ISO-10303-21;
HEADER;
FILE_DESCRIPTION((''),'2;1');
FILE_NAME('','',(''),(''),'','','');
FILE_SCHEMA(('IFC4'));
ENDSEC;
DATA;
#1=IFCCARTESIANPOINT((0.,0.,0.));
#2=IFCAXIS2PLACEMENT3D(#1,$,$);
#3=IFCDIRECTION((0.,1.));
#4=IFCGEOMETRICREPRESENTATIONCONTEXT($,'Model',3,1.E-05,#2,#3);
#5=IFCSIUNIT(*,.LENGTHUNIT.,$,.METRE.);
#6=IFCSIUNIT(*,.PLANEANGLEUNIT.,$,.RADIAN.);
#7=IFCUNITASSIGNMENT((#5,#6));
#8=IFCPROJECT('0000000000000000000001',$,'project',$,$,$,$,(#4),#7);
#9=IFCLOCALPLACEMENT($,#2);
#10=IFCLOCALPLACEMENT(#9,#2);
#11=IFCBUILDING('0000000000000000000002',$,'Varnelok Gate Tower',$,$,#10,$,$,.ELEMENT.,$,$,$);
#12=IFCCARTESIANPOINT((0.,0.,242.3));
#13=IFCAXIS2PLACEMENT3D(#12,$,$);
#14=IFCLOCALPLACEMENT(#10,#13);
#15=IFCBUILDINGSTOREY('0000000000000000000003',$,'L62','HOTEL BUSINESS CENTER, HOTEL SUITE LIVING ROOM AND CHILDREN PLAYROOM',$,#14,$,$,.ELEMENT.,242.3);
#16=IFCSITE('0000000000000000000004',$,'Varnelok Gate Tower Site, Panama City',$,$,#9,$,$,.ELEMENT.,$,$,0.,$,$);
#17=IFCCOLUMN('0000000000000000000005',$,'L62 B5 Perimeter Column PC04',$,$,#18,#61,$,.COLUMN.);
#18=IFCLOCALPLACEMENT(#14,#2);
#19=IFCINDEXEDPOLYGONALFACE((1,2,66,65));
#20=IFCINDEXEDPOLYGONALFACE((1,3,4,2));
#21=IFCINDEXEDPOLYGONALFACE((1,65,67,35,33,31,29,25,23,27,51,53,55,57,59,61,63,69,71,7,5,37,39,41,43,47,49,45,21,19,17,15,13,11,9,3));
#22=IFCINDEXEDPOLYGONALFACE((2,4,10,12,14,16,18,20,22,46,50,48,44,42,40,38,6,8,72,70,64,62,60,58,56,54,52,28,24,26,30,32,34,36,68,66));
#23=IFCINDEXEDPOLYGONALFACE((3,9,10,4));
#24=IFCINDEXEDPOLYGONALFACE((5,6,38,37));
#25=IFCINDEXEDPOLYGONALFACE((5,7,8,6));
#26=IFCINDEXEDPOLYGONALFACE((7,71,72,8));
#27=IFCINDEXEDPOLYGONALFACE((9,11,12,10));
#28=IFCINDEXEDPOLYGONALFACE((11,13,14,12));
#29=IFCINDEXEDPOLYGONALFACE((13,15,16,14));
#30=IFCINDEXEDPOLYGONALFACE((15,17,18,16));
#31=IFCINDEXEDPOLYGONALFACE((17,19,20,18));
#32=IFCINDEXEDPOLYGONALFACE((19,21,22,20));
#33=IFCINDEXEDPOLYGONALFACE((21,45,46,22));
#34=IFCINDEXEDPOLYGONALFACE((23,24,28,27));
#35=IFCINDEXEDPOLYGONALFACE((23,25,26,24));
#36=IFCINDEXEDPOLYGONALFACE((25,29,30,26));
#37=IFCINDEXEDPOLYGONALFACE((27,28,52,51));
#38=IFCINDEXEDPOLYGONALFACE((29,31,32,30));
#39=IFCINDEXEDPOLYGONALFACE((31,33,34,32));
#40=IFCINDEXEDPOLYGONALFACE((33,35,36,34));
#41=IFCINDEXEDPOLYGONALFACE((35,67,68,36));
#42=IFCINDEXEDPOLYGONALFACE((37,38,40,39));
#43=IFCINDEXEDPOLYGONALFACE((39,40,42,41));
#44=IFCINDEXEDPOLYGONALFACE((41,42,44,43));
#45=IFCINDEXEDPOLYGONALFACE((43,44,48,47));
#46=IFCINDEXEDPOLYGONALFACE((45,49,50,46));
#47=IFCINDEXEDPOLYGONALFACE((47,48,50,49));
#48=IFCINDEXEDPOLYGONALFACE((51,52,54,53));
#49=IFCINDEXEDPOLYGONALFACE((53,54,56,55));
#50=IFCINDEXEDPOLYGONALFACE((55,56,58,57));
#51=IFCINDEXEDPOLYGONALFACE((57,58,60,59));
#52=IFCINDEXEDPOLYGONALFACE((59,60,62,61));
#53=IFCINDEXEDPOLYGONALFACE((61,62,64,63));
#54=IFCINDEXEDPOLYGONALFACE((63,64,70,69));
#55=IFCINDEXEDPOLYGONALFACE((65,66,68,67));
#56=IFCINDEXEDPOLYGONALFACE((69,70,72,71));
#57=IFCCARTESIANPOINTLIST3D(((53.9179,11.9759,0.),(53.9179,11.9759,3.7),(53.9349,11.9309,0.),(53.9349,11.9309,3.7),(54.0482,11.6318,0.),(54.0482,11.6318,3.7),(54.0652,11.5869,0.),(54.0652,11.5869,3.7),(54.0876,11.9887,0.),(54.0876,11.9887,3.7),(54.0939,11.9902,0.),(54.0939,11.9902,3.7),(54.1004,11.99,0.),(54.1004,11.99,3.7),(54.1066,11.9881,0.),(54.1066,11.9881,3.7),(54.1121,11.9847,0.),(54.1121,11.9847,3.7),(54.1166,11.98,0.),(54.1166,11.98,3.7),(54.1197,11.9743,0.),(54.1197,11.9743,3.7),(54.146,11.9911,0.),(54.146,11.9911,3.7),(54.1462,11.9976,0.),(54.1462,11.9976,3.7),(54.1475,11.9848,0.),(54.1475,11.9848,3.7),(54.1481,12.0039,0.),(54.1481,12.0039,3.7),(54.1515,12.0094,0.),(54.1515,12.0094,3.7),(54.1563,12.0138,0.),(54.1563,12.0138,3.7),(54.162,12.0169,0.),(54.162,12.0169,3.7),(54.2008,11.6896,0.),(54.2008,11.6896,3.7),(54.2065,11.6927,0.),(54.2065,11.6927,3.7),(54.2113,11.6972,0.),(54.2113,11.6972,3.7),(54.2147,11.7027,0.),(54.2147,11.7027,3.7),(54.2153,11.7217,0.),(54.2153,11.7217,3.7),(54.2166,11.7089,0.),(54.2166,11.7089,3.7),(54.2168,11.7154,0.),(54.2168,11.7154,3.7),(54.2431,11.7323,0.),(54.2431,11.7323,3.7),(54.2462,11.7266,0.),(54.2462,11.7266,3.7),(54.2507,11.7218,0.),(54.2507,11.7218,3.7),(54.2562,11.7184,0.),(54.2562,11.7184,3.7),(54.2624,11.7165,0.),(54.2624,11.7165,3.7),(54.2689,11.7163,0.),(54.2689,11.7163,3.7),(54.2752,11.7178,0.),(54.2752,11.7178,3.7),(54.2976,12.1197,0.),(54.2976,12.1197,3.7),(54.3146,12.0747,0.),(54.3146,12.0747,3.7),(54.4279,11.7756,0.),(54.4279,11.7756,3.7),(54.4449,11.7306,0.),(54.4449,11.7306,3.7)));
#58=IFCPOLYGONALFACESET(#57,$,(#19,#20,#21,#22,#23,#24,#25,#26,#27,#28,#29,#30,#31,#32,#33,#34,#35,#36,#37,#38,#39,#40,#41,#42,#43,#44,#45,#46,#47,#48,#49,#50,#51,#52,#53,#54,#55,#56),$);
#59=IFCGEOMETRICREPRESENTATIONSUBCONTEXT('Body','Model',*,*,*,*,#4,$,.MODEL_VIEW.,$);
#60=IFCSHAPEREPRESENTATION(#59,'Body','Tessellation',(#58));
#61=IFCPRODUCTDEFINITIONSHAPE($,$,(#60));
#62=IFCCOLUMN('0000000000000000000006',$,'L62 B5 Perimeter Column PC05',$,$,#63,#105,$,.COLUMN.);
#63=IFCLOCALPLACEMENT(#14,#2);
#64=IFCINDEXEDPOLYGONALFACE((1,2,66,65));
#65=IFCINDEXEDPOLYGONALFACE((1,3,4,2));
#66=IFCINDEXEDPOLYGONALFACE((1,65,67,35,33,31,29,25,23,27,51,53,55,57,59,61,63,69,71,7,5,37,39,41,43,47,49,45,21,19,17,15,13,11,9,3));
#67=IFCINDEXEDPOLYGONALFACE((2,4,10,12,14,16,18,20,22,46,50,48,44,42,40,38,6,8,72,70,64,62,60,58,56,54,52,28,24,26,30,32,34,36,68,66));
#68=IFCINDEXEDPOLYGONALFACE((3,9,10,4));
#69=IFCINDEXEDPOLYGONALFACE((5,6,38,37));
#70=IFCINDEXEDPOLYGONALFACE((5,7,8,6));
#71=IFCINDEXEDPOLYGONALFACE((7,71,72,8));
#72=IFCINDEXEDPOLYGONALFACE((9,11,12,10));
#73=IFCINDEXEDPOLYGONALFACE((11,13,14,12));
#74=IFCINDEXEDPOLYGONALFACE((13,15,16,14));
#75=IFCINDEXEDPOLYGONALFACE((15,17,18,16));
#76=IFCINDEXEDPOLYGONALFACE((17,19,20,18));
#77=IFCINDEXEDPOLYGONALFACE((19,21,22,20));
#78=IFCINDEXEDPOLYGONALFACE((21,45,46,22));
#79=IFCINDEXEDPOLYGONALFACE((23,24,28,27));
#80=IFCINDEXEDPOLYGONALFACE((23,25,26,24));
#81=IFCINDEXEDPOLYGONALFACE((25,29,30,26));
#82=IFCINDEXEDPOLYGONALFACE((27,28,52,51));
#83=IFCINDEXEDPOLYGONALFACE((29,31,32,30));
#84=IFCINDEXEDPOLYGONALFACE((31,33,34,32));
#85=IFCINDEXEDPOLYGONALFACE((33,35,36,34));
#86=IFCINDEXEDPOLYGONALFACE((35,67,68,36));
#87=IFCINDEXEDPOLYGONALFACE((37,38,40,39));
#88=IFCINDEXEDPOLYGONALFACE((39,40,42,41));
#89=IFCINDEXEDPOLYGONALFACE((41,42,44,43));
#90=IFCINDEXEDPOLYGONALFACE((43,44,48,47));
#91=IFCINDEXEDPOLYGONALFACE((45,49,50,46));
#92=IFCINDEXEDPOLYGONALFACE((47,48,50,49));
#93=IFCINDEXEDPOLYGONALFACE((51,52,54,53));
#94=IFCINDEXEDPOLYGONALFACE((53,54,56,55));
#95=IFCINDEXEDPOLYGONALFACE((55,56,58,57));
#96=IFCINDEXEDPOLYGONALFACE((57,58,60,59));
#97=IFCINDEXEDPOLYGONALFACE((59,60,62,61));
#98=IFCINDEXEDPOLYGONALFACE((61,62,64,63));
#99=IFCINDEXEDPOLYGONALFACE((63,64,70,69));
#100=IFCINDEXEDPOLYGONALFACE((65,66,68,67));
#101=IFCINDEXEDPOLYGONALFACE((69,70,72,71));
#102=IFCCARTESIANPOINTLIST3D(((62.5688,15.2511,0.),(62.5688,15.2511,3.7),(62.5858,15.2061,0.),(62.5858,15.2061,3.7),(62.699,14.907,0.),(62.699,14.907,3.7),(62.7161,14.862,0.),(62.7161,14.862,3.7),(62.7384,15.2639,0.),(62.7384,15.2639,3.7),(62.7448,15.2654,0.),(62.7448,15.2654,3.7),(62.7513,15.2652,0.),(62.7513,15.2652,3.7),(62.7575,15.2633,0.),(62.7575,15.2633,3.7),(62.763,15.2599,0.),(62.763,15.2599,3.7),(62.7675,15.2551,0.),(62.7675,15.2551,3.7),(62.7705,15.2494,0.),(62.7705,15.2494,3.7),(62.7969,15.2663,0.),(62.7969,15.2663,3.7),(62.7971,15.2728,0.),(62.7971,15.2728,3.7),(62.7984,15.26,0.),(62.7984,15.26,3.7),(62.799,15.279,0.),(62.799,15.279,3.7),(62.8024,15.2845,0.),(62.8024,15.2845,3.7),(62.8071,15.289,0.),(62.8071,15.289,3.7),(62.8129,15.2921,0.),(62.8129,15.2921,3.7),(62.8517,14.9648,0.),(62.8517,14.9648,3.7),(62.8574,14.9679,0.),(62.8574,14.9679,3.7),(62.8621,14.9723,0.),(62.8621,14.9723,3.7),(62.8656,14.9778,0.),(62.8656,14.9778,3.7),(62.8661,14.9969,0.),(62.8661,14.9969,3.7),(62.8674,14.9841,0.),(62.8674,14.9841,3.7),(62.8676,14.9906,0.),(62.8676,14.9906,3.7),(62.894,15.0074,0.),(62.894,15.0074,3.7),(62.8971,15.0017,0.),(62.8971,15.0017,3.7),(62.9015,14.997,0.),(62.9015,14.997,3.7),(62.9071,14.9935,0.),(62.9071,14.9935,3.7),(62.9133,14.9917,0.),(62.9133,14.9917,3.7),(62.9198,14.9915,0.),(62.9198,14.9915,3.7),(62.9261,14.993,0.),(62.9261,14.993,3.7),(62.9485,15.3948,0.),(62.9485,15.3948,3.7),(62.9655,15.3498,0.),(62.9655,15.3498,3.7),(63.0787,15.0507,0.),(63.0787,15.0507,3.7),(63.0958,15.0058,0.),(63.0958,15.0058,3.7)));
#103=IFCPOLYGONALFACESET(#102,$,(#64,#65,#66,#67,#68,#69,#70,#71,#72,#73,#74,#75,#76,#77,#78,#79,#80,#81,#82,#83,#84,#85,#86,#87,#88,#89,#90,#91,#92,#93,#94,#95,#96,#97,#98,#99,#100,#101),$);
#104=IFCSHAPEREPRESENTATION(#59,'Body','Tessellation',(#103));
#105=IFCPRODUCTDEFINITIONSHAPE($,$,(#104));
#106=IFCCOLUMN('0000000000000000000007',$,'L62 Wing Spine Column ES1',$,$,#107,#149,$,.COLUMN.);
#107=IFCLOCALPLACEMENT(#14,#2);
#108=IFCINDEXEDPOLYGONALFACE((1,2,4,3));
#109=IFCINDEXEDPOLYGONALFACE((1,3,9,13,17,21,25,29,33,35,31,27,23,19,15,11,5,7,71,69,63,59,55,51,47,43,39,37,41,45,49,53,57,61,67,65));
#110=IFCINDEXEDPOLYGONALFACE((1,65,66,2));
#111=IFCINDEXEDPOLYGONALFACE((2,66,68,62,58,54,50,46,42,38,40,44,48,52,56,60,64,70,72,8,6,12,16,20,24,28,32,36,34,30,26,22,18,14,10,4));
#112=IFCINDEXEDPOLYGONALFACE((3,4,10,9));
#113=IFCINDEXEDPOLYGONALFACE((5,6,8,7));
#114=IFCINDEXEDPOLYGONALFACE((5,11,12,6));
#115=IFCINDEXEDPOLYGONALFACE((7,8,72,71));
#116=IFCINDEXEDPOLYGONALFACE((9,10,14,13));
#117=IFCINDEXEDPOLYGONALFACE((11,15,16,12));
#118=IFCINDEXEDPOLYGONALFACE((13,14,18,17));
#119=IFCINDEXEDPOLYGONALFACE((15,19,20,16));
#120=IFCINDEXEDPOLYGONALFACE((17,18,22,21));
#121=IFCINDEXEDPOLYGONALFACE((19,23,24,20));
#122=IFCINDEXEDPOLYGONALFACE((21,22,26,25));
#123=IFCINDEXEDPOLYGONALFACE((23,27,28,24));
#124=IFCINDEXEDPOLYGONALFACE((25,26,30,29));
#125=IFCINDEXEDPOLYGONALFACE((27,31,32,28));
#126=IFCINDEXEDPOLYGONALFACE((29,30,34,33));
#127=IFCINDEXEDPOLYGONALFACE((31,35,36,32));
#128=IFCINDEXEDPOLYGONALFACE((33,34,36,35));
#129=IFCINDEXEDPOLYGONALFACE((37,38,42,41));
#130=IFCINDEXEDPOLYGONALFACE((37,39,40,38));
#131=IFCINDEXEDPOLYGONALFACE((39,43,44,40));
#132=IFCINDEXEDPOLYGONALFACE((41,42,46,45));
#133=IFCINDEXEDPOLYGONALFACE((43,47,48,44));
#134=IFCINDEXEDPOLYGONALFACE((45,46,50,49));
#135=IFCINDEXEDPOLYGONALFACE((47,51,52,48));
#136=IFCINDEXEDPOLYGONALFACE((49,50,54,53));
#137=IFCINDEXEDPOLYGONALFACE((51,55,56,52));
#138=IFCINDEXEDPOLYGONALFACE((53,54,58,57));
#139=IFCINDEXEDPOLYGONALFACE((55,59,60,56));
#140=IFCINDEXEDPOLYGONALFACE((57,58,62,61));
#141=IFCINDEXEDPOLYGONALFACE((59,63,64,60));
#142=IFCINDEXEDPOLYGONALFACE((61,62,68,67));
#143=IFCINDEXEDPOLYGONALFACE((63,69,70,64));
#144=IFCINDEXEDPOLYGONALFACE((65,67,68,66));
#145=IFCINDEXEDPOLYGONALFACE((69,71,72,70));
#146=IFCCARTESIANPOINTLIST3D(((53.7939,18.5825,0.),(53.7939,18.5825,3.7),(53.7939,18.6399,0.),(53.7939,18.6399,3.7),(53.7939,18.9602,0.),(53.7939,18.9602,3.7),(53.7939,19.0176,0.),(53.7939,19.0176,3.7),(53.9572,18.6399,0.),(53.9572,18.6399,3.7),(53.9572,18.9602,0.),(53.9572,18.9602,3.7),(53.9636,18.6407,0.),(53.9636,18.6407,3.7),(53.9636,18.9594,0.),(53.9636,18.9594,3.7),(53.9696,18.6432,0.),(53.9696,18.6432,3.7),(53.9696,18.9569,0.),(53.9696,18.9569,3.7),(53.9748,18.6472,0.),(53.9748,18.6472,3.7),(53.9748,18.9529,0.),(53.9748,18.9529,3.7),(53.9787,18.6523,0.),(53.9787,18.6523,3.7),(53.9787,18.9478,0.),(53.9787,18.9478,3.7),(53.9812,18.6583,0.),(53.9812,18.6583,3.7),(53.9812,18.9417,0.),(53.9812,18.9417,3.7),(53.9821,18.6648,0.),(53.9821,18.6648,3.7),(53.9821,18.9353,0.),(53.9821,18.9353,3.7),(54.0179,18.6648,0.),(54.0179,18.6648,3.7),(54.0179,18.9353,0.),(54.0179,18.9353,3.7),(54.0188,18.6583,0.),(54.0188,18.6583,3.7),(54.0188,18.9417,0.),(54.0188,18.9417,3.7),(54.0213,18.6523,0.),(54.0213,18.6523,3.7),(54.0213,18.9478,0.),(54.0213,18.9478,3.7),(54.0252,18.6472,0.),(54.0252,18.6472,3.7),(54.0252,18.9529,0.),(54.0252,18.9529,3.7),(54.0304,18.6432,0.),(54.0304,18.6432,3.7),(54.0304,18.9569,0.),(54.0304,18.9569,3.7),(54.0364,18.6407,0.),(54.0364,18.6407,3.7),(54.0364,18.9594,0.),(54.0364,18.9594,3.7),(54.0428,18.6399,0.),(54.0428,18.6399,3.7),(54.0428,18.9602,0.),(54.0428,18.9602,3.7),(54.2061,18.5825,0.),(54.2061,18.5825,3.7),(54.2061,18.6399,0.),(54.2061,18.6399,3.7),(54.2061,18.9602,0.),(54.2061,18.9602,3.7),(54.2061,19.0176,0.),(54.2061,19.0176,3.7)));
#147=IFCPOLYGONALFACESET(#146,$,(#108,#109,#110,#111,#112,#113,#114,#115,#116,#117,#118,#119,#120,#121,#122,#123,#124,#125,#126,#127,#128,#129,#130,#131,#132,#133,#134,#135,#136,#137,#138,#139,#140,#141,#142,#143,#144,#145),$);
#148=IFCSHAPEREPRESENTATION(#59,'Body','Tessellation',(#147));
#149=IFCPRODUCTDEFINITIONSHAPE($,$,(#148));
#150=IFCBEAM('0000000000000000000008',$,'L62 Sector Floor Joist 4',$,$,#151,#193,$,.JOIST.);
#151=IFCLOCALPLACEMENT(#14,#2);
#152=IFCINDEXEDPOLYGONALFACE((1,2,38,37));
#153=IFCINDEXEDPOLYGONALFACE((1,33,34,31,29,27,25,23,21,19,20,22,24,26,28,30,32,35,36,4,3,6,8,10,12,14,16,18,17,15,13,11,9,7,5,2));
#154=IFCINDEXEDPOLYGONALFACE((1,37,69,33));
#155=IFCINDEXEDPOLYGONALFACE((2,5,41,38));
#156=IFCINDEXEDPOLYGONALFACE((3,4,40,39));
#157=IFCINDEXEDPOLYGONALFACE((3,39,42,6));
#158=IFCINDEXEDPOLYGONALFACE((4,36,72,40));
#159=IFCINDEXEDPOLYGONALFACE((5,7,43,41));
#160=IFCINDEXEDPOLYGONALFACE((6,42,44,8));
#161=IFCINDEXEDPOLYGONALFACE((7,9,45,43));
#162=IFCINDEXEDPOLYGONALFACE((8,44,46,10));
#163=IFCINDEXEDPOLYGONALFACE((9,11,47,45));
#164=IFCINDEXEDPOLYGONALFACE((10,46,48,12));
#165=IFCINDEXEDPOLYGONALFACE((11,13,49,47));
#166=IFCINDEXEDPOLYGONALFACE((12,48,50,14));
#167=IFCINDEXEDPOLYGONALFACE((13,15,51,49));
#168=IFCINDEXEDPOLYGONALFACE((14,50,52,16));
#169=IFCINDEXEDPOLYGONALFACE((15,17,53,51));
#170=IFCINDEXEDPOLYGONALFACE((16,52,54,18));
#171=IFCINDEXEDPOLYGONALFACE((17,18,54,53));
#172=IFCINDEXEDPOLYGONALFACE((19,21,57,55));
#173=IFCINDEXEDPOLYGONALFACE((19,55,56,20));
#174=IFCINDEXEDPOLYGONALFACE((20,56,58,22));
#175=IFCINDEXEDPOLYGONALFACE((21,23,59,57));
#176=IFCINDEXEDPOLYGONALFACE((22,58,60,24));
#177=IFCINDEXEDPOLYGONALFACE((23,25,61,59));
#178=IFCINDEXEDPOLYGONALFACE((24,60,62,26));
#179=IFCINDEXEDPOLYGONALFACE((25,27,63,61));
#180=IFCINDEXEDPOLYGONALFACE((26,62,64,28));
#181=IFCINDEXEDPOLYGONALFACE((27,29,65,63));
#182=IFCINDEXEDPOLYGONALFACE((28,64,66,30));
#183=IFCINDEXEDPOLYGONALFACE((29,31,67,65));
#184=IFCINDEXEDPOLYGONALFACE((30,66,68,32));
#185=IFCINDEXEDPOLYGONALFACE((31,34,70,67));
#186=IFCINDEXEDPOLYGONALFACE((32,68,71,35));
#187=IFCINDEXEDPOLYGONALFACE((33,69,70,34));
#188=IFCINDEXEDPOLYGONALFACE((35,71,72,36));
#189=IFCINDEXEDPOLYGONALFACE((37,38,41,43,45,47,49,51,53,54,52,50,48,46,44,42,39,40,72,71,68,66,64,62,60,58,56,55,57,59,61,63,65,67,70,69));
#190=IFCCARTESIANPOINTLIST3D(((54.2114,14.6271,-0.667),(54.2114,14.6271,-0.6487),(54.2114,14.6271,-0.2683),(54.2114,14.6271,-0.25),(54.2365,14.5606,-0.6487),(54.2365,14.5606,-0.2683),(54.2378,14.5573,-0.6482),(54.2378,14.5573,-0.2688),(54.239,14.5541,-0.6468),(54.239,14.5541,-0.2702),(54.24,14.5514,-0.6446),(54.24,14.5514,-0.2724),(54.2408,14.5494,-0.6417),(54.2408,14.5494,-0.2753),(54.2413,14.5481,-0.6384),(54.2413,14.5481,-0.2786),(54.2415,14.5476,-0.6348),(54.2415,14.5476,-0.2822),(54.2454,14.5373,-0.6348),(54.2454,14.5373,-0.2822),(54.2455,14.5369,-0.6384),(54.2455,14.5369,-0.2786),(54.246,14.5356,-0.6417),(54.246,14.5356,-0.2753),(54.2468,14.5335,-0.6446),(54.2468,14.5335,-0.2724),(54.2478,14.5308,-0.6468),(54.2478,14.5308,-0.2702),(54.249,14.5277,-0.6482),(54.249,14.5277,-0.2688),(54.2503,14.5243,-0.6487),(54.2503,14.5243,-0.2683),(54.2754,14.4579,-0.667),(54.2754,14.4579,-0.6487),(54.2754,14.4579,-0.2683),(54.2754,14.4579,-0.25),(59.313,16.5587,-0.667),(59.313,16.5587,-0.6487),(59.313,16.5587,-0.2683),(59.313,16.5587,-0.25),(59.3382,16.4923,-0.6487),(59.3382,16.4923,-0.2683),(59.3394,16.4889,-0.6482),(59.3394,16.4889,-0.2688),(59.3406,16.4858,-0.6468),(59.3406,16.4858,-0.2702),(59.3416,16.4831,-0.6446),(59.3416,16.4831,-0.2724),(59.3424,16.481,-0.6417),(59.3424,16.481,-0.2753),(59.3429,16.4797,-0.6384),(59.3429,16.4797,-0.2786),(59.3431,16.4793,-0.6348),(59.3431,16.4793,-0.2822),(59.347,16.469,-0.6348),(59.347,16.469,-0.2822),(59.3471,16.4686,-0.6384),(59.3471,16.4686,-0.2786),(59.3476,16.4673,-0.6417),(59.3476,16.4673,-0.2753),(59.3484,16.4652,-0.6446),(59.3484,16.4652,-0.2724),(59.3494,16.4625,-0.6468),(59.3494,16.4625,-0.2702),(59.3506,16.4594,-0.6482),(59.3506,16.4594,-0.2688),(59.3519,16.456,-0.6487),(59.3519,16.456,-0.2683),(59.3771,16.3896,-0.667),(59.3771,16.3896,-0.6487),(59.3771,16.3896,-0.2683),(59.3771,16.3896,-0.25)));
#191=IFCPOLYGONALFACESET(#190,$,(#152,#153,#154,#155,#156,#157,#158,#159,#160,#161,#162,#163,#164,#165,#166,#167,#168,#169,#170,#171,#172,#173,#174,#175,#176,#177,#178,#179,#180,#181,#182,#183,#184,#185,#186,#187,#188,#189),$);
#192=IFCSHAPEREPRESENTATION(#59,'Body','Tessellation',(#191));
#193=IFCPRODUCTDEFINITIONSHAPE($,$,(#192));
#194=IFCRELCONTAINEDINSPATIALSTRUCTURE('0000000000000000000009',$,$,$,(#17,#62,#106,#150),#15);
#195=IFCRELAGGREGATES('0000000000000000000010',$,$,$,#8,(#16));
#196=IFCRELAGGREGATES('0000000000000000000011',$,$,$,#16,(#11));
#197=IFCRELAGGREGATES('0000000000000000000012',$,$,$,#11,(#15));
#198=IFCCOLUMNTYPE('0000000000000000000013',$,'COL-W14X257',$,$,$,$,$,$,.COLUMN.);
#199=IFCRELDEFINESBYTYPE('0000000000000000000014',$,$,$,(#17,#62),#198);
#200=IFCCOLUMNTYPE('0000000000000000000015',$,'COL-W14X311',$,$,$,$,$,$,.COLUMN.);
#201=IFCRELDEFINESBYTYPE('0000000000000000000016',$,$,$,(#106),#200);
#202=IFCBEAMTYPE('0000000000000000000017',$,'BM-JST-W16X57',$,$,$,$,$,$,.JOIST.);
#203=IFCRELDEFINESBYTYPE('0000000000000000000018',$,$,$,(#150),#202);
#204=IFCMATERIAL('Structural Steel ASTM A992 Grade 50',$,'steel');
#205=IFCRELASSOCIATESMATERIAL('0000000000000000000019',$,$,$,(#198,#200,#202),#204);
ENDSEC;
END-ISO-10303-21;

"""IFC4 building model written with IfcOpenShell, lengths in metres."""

from ifc_helpers import new_model, si_unit, direction, frame, origin, origin_2d, place, context, subcontext, project, spatial, i_section, extrude, material, material_profile, profile_set, type_object, element, save


model = new_model("IFC4")

# Units and contexts
model_context = context("Model", 3, precision=1e-05, world=origin(), true_north=direction((0.0, 1.0)))
body_context = subcontext(model_context, "Body", "Model", "MODEL_VIEW")
ifc_project = project(units=[si_unit("LENGTHUNIT", "METRE"), si_unit("PLANEANGLEUNIT", "RADIAN")], contexts=[model_context])

# Site, building, storey
site_placement = place(None, origin())
site = spatial("IfcSite", under=ifc_project, at=site_placement, Name="Varnelok Gate Tower Site, Panama City", CompositionType="ELEMENT", RefElevation=0.0)
building_placement = place(site_placement, origin())
building = spatial("IfcBuilding", under=site, at=building_placement, Name="Varnelok Gate Tower", CompositionType="ELEMENT")
storey_placement = place(building_placement, frame((0.0, 0.0, 242.3)))
storey = spatial("IfcBuildingStorey", under=building, at=storey_placement, Name="L62", Description="HOTEL BUSINESS CENTER, HOTEL SUITE LIVING ROOM AND CHILDREN PLAYROOM", CompositionType="ELEMENT", Elevation=242.3)

# Columns
ifc_material_1 = material(Name="Structural Steel ASTM A992 Grade 50", Category="steel")
ifc_material_profile_1 = material_profile(ifc_material_1, i_section(OverallWidth=0.406, OverallDepth=0.416, WebThickness=0.0298, FlangeThickness=0.0481, FilletRadius=0.0249, at=origin_2d()), Name="W14X257")
ifc_profile_set_1 = profile_set([ifc_material_profile_1], Name="Structural Steel ASTM A992 Grade 50")
column_type_1 = type_object("IfcColumnType", Name="COL-W14X257", PredefinedType="COLUMN", material=ifc_profile_set_1)
for number, where, z_axis, x_axis, name in (
    (1, (54.1814, 11.8533, 0.0), (0.0, 0.0, 1.0), (0.935222, 0.354063, 0.0), "L62 B5 Perimeter Column PC04"),
    (2, (62.8323, 15.1284, 0.0), (0.0, 0.0, 1.0), (0.935222, 0.354063, 0.0), "L62 B5 Perimeter Column PC05"),
):
    element("IfcColumn", number, at=place(storey_placement, frame(where, z_axis=z_axis, x_axis=x_axis)), inside=storey, type_object=column_type_1, Name=name, PredefinedType="COLUMN", context=body_context, shape_type="SweptSolid", body=[
        extrude(i_section(OverallWidth=0.406, OverallDepth=0.416, WebThickness=0.0298, FlangeThickness=0.0481, FilletRadius=0.0249, at=origin_2d()), origin(), (0.0, 0.0, 1.0), 3.7),
    ])
ifc_material_profile_2 = material_profile(ifc_material_1, i_section(OverallWidth=0.4121, OverallDepth=0.4351, WebThickness=0.0359, FlangeThickness=0.0574, FilletRadius=0.0249, at=origin_2d()), Name="W14X311")
ifc_profile_set_2 = profile_set([ifc_material_profile_2], Name="Structural Steel ASTM A992 Grade 50")
column_type_2 = type_object("IfcColumnType", Name="COL-W14X311", PredefinedType="COLUMN", material=ifc_profile_set_2)
column_placement = place(storey_placement, frame((54.0, 18.8, 0.0), z_axis=(0.0, 0.0, 1.0), x_axis=(1.0, 0.0, 0.0)))
element("IfcColumn", 3, at=column_placement, inside=storey, type_object=column_type_2, Name="L62 Wing Spine Column ES1", PredefinedType="COLUMN", context=body_context, shape_type="SweptSolid", body=[
    extrude(i_section(OverallWidth=0.4121, OverallDepth=0.4351, WebThickness=0.0359, FlangeThickness=0.0574, FilletRadius=0.0249, at=origin_2d()), origin(), (0.0, 0.0, 1.0), 3.7),
])

# Beam
ifc_material_profile_3 = material_profile(ifc_material_1, i_section(OverallWidth=0.1809, OverallDepth=0.417, WebThickness=0.011, FlangeThickness=0.0183, FilletRadius=0.0139, at=origin_2d()), Name="W16X57")
ifc_profile_set_3 = profile_set([ifc_material_profile_3], Name="Structural Steel ASTM A992 Grade 50")
beam_type_1 = type_object("IfcBeamType", Name="BM-JST-W16X57", PredefinedType="JOIST", material=ifc_profile_set_3)
beam_1_placement = place(storey_placement, frame((54.2434, 14.5425, -0.4585), z_axis=(0.935206, 0.354104, 0.0), x_axis=(-0.354104, 0.935206, 0.0)))
element("IfcBeam", 4, at=beam_1_placement, inside=storey, type_object=beam_type_1, Name="L62 Sector Floor Joist 4", PredefinedType="JOIST", context=body_context, shape_type="SweptSolid", body=[
    extrude(i_section(OverallWidth=0.1809, OverallDepth=0.417, WebThickness=0.011, FlangeThickness=0.0183, FilletRadius=0.0139, at=origin_2d()), origin(), (0.0, 0.0, 1.0), 5.4551),
])

save(model, "model.ifc")
